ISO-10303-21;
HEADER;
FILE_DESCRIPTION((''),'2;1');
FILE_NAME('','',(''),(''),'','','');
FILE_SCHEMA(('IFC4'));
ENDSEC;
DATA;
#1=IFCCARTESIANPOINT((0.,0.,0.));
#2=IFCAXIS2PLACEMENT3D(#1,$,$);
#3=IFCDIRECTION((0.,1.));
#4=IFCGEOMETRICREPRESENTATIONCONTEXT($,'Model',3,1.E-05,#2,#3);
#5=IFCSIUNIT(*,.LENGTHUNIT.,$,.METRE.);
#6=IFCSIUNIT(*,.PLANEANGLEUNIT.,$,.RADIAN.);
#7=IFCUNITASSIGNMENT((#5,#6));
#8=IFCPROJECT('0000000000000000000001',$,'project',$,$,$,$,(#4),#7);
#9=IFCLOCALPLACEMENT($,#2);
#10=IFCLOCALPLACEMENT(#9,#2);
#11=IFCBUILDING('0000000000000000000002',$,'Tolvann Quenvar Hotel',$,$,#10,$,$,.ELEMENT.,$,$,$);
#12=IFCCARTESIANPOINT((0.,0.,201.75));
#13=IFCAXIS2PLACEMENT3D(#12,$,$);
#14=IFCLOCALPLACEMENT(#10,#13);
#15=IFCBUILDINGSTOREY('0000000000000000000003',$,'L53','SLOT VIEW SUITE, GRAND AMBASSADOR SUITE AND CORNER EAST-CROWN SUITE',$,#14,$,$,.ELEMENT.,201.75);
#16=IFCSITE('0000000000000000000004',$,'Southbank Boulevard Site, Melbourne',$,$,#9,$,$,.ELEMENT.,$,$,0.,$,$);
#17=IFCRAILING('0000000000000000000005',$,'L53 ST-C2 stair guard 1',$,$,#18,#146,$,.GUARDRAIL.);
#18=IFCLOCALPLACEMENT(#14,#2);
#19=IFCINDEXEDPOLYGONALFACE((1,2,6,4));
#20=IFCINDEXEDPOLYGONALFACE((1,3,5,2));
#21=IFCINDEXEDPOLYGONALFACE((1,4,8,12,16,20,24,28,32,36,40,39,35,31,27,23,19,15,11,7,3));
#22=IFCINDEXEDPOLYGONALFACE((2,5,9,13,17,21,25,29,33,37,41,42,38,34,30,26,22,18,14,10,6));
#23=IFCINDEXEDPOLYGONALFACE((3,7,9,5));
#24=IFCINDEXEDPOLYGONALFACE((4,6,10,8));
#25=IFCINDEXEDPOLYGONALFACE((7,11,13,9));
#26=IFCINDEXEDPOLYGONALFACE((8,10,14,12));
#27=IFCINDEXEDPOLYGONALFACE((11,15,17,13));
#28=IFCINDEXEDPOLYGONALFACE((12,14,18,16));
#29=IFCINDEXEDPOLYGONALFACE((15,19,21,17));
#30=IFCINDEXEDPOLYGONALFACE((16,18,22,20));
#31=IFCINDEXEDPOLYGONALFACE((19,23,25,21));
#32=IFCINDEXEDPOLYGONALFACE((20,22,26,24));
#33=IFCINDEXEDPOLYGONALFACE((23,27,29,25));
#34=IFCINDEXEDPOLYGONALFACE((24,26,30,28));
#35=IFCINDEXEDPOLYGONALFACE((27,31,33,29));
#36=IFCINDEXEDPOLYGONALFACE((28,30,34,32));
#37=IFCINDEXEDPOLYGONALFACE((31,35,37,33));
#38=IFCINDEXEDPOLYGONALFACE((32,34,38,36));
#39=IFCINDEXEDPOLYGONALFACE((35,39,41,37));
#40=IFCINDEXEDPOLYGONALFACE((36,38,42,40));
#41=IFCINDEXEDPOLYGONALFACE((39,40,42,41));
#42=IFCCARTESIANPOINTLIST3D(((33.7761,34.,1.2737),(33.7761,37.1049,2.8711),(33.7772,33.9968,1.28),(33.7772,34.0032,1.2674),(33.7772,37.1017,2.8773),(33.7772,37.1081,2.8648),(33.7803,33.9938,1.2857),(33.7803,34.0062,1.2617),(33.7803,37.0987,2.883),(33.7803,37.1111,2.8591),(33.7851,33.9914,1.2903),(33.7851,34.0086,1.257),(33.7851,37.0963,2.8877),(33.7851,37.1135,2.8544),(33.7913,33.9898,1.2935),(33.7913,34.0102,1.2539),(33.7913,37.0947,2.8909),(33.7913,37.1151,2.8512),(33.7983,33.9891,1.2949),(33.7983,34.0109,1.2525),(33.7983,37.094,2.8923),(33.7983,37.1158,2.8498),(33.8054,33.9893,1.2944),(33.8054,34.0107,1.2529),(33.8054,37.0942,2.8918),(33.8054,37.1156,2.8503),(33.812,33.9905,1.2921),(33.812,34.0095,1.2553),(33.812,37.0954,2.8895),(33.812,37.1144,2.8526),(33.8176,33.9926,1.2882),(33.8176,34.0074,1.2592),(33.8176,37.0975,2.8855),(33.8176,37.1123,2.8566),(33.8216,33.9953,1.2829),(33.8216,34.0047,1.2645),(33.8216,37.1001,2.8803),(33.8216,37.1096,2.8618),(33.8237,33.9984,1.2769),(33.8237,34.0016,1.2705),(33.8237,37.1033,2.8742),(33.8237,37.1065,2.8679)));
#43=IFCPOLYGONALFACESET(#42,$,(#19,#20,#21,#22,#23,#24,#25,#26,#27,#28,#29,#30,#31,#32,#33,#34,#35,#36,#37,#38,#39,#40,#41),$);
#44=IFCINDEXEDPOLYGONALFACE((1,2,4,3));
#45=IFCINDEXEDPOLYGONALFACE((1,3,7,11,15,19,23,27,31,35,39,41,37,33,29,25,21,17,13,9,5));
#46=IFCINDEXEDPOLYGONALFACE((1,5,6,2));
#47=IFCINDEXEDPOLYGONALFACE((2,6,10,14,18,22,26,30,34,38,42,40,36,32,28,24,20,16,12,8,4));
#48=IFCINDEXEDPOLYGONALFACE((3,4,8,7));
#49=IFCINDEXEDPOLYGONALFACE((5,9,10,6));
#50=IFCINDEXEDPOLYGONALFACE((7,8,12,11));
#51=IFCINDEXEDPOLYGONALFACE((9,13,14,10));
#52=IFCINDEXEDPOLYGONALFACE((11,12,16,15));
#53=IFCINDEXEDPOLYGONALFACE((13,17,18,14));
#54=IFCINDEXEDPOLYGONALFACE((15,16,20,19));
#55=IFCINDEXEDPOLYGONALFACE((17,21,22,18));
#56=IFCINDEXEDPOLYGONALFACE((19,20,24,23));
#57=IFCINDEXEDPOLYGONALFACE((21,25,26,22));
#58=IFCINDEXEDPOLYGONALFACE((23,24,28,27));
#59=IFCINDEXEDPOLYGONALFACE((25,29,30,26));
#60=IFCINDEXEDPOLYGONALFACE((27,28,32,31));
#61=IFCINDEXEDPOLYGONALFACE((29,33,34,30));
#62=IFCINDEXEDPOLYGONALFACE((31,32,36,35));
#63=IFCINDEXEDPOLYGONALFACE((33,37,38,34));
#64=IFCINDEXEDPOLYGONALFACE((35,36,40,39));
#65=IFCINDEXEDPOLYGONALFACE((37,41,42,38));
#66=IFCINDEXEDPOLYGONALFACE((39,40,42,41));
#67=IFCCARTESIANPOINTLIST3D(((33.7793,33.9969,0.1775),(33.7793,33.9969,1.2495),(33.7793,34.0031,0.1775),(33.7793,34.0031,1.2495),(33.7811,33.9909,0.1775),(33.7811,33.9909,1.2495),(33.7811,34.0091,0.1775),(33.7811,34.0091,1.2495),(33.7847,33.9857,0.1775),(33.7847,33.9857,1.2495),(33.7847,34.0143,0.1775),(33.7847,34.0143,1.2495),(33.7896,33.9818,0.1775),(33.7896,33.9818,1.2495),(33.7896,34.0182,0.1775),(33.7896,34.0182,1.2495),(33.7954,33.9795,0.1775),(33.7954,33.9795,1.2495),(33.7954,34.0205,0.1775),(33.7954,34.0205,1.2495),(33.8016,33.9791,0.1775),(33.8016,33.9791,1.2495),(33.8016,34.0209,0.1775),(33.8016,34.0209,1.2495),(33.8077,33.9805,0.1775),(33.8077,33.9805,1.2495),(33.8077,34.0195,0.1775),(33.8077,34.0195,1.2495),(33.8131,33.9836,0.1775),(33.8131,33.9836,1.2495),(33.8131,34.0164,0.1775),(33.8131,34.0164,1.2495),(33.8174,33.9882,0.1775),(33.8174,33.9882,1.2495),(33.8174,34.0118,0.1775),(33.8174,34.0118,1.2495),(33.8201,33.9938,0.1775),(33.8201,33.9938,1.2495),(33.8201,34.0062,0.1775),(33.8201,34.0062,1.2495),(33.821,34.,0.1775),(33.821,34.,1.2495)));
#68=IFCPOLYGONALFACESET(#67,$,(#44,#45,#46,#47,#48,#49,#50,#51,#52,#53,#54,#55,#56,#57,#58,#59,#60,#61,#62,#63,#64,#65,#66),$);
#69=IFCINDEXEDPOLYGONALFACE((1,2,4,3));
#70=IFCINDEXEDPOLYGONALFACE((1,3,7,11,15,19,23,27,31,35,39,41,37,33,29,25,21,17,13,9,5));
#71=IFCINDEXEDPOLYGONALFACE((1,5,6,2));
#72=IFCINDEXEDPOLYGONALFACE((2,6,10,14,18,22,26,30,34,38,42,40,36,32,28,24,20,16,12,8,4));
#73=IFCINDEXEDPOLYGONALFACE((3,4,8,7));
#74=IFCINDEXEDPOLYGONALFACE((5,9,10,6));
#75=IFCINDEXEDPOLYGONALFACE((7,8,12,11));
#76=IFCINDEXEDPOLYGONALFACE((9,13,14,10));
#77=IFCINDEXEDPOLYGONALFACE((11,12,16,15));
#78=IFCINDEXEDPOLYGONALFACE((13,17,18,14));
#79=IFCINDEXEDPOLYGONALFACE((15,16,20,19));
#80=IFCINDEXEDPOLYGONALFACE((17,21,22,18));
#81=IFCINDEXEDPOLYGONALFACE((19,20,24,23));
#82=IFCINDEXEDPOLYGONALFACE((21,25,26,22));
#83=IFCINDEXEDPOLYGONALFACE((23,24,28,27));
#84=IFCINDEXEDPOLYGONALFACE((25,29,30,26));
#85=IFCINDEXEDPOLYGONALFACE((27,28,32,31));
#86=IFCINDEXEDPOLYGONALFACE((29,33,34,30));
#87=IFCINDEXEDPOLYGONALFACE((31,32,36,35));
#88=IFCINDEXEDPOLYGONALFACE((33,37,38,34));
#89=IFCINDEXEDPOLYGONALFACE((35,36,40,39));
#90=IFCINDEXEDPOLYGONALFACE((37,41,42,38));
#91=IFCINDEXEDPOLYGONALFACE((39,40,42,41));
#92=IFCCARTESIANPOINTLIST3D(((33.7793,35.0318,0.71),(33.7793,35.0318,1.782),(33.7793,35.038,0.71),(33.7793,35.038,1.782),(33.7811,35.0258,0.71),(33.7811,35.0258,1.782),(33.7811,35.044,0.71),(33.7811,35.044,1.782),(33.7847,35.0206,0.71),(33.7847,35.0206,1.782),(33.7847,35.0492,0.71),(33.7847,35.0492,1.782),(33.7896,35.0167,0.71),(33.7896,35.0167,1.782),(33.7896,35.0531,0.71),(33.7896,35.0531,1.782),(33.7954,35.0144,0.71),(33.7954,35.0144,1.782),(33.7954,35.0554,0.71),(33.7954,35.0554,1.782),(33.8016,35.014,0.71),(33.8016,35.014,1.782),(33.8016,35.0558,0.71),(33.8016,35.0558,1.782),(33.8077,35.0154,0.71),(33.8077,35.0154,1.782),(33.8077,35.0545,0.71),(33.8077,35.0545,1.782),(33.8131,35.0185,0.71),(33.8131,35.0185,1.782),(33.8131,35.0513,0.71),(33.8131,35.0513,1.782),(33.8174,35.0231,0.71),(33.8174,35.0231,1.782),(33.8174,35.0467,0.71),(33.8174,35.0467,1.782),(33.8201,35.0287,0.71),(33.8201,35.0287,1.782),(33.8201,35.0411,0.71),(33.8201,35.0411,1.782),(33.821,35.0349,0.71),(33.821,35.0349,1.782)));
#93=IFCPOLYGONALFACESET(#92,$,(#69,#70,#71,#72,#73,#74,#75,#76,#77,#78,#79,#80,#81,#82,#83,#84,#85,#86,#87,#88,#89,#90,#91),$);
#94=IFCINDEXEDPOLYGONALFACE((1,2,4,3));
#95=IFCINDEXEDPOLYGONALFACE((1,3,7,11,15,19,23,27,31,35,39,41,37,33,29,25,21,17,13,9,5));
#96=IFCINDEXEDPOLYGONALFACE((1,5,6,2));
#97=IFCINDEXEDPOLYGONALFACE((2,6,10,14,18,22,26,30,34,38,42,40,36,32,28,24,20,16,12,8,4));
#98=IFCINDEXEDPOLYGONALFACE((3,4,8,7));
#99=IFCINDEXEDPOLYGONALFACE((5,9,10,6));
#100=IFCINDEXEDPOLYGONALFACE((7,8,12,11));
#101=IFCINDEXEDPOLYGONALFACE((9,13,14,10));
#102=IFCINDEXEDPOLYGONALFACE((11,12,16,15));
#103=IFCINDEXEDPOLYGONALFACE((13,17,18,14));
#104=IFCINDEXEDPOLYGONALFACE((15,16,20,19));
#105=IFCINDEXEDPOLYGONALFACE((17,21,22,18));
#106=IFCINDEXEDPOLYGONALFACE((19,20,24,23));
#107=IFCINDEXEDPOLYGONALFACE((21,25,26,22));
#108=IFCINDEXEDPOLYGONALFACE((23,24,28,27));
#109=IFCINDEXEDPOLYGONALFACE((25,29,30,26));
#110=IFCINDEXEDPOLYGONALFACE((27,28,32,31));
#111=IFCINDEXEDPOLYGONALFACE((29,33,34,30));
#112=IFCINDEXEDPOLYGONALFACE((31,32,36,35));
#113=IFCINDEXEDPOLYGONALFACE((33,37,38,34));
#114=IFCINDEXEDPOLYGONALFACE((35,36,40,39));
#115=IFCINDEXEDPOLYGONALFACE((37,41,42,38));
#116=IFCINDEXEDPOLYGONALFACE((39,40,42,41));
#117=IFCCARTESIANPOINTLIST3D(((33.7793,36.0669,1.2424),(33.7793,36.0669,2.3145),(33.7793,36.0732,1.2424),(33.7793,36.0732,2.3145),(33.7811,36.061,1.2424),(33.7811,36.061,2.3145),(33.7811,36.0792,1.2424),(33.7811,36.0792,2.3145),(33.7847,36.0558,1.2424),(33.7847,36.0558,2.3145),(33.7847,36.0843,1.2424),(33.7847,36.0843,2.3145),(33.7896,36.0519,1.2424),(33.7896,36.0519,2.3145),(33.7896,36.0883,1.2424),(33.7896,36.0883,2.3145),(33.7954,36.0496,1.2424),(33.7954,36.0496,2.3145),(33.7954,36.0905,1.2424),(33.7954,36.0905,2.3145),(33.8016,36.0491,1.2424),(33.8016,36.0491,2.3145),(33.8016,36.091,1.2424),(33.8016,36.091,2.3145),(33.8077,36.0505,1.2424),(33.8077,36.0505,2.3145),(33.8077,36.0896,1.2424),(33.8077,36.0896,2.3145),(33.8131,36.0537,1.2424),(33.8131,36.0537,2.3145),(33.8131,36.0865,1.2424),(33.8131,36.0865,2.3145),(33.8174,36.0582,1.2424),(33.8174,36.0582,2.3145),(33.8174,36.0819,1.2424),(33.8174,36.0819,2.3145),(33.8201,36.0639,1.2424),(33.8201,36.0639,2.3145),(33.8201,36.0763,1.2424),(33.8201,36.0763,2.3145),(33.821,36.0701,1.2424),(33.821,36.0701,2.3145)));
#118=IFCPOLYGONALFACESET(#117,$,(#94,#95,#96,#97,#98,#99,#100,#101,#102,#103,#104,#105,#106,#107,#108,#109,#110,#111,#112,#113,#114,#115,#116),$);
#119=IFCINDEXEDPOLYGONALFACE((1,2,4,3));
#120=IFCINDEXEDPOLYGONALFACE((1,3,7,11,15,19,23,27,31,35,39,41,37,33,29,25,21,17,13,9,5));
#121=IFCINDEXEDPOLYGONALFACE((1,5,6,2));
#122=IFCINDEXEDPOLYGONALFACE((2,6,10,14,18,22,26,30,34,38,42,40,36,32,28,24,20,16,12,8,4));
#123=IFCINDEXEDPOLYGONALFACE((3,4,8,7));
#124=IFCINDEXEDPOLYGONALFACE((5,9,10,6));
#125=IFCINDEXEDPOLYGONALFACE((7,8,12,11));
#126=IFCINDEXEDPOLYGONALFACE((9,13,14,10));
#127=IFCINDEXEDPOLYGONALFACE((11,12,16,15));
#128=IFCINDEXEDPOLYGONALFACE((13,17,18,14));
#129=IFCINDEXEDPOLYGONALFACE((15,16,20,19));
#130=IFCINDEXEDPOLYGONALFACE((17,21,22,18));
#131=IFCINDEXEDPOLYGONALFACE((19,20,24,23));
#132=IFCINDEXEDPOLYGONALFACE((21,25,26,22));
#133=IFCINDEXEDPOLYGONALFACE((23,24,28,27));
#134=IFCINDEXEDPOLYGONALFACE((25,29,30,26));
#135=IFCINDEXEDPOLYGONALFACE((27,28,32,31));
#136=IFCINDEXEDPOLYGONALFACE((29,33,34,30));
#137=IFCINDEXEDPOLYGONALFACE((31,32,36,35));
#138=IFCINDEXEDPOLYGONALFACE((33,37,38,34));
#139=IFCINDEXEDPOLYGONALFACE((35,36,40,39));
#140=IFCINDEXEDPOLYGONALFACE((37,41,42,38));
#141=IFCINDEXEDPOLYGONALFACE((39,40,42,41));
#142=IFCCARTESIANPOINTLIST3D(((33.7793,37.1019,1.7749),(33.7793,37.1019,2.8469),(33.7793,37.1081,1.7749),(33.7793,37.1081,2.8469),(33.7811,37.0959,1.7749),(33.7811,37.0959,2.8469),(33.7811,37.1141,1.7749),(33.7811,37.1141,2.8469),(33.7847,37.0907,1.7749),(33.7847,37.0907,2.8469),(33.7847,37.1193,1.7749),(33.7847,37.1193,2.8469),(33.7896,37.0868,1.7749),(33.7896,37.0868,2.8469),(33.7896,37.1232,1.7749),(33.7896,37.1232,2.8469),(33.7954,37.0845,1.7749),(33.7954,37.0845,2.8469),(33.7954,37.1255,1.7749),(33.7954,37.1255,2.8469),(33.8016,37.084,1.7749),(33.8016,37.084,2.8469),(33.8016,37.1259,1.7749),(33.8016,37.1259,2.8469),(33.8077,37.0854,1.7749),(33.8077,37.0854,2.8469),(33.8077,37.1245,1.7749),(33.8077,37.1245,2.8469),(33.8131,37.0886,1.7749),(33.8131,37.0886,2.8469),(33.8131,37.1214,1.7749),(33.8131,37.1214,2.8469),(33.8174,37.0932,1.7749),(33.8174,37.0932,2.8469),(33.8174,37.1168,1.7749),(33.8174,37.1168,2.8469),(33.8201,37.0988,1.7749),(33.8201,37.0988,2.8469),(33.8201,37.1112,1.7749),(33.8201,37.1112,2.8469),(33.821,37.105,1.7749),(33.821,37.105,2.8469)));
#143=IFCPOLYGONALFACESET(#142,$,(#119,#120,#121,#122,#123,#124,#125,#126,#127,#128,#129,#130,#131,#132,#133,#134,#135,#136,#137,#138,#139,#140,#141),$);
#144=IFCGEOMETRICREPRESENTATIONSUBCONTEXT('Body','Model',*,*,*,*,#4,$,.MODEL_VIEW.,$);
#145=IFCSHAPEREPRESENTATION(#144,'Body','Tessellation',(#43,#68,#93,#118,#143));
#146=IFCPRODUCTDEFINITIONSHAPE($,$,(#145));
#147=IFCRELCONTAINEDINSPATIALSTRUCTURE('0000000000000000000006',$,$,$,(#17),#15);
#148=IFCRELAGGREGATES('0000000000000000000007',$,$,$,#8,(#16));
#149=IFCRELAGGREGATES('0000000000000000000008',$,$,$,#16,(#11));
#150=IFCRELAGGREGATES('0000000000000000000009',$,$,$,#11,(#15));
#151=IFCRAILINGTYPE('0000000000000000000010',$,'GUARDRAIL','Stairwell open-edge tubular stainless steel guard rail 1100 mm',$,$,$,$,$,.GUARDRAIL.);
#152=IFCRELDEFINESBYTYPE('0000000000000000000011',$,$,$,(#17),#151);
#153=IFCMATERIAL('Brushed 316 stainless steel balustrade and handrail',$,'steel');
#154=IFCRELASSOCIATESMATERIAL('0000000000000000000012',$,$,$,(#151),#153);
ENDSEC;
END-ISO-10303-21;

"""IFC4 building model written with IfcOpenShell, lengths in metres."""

from ifc_helpers import new_model, si_unit, direction, frame, origin, origin_2d, place, context, subcontext, project, spatial, circle, extrude, material, type_object, element, save


model = new_model("IFC4")

# Units and contexts
model_context = context("Model", 3, precision=1e-05, world=origin(), true_north=direction((0.0, 1.0)))
body_context = subcontext(model_context, "Body", "Model", "MODEL_VIEW")
ifc_project = project(units=[si_unit("LENGTHUNIT", "METRE"), si_unit("PLANEANGLEUNIT", "RADIAN")], contexts=[model_context])

# Site, building, storey
site_placement = place(None, origin())
site = spatial("IfcSite", under=ifc_project, at=site_placement, Name="Southbank Boulevard Site, Melbourne", CompositionType="ELEMENT", RefElevation=0.0)
building_placement = place(site_placement, origin())
building = spatial("IfcBuilding", under=site, at=building_placement, Name="Tolvann Quenvar Hotel", CompositionType="ELEMENT")
storey_placement = place(building_placement, frame((0.0, 0.0, 201.75)))
storey = spatial("IfcBuildingStorey", under=building, at=storey_placement, Name="L53", Description="SLOT VIEW SUITE, GRAND AMBASSADOR SUITE AND CORNER EAST-CROWN SUITE", CompositionType="ELEMENT", Elevation=201.75)

# Railing
ifc_material_1 = material(Name="Brushed 316 stainless steel balustrade and handrail", Category="steel")
railing_type_1 = type_object("IfcRailingType", Name="GUARDRAIL", Description="Stairwell open-edge tubular stainless steel guard rail 1100 mm", PredefinedType="GUARDRAIL", material=ifc_material_1)
railing_1_placement = place(storey_placement, frame((33.8, 34.0, 0.1775)))
element("IfcRailing", 1, at=railing_1_placement, inside=storey, type_object=railing_type_1, Name="L53 ST-C2 stair guard 1", PredefinedType="GUARDRAIL", context=body_context, shape_type="SweptSolid", body=[
    extrude(circle(Radius=0.0239, at=origin_2d()), frame((0.0, 0.0, 1.0962), z_axis=(0.0, 0.889222, 0.457476), x_axis=(-1.0, 0.0, 0.0)), (0.0, 0.0, 1.0), 3.4917),
    extrude(circle(Radius=0.021, at=origin_2d()), origin(), (0.0, 0.0, 1.0), 1.072),
    extrude(circle(Radius=0.021, at=origin_2d()), frame((0.0, 1.0349, 0.5325)), (0.0, 0.0, 1.0), 1.072),
    extrude(circle(Radius=0.021, at=origin_2d()), frame((0.0, 2.0701, 1.0649)), (0.0, 0.0, 1.0), 1.072),
    extrude(circle(Radius=0.021, at=origin_2d()), frame((0.0, 3.105, 1.5974)), (0.0, 0.0, 1.0), 1.072),
])

save(model, "model.ifc")
